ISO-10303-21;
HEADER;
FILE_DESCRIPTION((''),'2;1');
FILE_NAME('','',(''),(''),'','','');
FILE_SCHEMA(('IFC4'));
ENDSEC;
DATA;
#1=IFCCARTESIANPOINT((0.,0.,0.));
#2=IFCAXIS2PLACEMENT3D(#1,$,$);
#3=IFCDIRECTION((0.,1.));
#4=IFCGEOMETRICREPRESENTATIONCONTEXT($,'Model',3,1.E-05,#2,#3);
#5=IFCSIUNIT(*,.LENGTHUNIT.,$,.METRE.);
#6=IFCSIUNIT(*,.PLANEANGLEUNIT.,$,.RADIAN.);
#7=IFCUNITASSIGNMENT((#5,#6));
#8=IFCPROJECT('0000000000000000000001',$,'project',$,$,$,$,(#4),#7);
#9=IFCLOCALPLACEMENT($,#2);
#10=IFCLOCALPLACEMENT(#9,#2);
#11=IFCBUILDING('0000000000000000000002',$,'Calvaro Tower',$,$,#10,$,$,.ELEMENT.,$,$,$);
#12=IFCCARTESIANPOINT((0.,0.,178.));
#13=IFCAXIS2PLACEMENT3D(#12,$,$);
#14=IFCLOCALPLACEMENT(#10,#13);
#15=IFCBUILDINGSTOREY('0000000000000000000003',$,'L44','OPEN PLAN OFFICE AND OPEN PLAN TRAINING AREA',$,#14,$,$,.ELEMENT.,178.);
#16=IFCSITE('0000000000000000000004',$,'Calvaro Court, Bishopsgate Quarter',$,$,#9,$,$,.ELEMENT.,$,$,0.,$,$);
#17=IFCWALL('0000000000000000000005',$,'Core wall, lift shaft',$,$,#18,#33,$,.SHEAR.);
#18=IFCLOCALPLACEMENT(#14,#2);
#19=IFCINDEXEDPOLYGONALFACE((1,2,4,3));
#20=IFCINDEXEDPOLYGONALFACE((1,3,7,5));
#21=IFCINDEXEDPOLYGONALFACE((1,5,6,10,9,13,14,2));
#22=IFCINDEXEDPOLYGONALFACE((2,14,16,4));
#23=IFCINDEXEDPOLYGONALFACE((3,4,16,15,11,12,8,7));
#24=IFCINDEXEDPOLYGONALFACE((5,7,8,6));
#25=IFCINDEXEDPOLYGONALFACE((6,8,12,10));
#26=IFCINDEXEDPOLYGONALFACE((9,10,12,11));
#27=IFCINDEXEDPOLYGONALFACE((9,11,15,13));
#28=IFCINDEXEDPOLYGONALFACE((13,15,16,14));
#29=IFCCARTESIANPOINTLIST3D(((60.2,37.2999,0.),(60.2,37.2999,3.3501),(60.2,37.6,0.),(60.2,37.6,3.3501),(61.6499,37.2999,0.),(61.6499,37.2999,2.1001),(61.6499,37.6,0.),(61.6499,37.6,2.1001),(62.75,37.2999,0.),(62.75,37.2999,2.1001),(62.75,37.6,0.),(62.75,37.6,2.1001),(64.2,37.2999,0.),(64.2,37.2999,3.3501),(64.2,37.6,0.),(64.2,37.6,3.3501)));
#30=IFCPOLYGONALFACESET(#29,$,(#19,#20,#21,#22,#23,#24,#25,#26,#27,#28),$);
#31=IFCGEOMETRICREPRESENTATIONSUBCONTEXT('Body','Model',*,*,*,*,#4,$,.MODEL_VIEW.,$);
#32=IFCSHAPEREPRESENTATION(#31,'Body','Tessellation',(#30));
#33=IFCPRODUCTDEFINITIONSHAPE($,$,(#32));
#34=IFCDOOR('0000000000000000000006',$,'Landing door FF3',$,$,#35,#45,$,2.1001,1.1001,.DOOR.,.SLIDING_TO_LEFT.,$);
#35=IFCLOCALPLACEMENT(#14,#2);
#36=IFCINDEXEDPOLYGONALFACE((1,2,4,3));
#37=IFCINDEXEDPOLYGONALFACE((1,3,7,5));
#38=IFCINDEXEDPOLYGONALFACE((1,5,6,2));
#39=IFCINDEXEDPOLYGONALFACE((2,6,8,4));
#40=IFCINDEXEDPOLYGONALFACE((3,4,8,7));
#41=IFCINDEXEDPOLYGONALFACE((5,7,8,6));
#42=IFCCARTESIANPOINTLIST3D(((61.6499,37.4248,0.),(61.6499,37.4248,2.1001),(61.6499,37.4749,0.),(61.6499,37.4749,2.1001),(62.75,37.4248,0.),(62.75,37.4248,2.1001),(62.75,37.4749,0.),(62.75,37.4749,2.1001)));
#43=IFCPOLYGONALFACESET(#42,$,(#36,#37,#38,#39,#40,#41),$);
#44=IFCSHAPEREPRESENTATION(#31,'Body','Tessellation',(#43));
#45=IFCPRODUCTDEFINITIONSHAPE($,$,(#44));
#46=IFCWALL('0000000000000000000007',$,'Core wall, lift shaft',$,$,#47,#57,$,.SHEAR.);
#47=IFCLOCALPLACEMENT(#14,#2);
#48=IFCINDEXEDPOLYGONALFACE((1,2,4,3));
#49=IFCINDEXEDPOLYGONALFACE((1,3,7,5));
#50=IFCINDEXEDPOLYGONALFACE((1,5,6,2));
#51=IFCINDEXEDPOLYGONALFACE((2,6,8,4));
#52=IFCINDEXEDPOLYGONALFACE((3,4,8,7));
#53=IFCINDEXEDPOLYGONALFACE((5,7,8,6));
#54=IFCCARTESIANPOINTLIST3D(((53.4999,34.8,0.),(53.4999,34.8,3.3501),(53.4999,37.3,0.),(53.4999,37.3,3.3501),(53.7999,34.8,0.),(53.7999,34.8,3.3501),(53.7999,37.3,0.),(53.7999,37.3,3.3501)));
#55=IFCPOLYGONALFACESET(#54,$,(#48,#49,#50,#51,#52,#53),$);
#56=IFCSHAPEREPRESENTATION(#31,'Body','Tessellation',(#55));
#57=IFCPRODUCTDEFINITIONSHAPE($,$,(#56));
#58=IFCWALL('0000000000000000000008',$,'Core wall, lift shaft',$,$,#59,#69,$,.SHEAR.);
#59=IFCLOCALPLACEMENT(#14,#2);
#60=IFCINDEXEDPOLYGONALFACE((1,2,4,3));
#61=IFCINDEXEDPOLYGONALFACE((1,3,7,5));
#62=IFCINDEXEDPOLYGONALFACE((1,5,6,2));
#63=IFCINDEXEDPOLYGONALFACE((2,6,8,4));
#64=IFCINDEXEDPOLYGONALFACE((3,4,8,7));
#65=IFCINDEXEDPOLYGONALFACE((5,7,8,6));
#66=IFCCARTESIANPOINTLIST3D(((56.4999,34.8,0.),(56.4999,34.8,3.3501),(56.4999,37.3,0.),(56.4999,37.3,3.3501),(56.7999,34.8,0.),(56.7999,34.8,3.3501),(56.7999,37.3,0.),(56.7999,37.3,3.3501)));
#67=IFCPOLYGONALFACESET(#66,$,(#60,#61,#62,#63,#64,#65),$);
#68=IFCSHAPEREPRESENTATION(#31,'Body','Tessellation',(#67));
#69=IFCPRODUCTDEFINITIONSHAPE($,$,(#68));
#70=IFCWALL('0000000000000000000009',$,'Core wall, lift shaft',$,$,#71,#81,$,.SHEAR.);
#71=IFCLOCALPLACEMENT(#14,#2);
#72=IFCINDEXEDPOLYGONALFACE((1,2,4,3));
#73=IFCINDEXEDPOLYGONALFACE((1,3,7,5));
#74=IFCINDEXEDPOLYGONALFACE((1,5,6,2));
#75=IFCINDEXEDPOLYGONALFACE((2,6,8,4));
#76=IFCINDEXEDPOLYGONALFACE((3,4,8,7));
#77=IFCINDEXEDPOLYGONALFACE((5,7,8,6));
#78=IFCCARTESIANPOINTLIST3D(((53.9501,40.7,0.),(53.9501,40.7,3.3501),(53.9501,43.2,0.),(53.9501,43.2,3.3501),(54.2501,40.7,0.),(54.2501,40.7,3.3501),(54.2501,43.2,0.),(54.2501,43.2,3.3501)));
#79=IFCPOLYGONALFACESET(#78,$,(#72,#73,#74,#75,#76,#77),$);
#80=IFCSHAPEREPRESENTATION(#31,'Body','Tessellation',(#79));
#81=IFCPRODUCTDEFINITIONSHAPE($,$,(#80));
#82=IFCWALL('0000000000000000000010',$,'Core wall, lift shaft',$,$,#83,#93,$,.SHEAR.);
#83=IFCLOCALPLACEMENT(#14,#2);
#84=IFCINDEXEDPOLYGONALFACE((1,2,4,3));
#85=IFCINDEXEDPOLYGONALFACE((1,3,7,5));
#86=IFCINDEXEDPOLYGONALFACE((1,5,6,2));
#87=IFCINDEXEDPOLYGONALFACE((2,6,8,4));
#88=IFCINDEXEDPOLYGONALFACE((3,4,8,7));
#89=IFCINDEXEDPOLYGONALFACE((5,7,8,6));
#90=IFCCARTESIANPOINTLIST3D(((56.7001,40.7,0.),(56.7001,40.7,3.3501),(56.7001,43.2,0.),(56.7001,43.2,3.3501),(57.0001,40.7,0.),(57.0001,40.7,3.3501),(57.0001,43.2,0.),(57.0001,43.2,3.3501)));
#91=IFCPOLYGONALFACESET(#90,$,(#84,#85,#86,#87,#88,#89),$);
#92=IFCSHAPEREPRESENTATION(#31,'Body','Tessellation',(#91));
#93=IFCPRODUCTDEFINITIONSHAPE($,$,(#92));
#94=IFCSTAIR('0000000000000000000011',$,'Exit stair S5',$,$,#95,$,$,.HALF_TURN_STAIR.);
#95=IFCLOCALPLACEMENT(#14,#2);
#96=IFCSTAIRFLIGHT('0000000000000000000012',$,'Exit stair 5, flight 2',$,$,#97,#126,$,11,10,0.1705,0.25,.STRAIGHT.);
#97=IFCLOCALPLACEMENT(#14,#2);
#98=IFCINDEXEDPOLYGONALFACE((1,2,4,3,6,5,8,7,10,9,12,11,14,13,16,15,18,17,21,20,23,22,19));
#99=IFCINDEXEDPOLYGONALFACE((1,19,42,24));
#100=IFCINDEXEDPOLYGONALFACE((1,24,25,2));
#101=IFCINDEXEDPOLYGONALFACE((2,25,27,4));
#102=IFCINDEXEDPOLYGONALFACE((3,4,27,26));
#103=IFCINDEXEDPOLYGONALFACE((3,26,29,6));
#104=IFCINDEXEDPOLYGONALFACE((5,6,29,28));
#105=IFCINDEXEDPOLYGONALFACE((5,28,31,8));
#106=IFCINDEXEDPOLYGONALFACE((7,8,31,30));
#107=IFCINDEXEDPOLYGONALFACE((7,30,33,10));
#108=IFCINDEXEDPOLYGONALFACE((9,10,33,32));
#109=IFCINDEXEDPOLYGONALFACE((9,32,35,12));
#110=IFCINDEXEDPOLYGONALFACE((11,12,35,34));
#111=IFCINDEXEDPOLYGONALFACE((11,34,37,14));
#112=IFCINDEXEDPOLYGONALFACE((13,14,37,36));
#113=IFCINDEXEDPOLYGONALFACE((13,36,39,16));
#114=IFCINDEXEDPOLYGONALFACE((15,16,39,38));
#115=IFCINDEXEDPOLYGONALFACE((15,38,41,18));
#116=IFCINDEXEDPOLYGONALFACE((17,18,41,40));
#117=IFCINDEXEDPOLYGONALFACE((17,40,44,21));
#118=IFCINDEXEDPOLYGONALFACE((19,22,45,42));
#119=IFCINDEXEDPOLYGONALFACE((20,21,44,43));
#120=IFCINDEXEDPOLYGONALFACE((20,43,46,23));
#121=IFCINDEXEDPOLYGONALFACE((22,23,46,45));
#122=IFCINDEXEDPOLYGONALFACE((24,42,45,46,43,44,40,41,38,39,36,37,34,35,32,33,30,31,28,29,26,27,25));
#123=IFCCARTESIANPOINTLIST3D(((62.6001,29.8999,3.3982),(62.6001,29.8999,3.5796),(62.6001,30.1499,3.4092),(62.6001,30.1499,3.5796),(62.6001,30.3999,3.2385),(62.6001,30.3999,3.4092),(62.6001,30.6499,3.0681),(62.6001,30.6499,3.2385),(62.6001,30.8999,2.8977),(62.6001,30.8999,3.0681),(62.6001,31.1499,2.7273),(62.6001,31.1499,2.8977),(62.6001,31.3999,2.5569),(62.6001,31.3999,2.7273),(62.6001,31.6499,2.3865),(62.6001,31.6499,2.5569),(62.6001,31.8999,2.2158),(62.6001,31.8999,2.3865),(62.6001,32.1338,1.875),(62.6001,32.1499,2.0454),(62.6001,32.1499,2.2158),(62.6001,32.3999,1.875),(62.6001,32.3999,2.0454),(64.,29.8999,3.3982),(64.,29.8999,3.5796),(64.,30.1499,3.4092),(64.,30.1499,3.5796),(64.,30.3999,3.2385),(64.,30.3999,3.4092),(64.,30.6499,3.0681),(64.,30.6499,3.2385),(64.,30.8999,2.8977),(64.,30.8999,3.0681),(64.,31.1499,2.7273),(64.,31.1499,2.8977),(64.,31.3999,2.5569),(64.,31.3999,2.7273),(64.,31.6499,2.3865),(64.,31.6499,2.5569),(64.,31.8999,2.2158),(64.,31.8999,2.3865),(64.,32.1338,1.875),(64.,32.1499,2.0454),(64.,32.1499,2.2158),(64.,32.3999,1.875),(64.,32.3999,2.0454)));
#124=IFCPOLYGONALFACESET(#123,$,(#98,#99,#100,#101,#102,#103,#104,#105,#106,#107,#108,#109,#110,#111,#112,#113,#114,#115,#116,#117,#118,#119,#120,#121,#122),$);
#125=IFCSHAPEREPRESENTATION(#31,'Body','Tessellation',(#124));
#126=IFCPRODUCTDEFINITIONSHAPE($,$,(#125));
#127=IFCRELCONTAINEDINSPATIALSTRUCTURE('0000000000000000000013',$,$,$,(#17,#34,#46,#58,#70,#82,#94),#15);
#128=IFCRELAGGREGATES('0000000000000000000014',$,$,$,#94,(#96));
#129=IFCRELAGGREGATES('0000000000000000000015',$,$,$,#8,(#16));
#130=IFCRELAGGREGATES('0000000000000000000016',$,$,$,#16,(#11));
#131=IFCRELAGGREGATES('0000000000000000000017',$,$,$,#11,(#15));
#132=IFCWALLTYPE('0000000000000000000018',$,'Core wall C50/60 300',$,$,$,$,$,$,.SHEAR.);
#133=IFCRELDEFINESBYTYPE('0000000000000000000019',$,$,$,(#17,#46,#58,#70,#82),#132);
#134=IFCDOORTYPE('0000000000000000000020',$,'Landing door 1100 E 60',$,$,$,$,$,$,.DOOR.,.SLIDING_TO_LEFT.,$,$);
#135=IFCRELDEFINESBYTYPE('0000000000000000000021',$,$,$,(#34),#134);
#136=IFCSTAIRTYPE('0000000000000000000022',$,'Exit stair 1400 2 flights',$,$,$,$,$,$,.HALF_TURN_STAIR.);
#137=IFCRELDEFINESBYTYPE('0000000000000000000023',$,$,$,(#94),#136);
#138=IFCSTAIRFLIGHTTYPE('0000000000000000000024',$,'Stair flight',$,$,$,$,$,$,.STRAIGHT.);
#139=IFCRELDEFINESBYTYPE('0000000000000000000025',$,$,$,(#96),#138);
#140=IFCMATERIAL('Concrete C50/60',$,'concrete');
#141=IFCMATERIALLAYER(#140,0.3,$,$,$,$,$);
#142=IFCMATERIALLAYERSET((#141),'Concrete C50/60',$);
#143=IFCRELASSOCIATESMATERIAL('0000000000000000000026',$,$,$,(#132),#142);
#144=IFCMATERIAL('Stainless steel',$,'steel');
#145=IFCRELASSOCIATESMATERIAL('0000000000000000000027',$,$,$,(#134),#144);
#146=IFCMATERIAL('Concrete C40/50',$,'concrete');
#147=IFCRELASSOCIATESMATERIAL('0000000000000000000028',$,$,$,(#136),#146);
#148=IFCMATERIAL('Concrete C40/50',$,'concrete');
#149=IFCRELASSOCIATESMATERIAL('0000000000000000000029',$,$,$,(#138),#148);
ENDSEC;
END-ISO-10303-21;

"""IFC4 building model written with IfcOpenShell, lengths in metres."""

from ifc_helpers import new_model, si_unit, direction, frame, frame_2d, origin, place, context, subcontext, project, spatial, polyline, rectangle, outline, extrude, material, layer, layer_set, type_object, element, fill, aggregate, save


model = new_model("IFC4")

# Units and contexts
model_context = context("Model", 3, precision=1e-05, world=origin(), true_north=direction((0.0, 1.0)))
body_context = subcontext(model_context, "Body", "Model", "MODEL_VIEW")
ifc_project = project(units=[si_unit("LENGTHUNIT", "METRE"), si_unit("PLANEANGLEUNIT", "RADIAN")], contexts=[model_context])

# Site, building, storey
site_placement = place(None, origin())
site = spatial("IfcSite", under=ifc_project, at=site_placement, Name="Calvaro Court, Bishopsgate Quarter", CompositionType="ELEMENT", RefElevation=0.0)
building_placement = place(site_placement, origin())
building = spatial("IfcBuilding", under=site, at=building_placement, Name="Calvaro Tower", CompositionType="ELEMENT")
storey_placement = place(building_placement, frame((0.0, 0.0, 178.0)))
storey = spatial("IfcBuildingStorey", under=building, at=storey_placement, Name="L44", Description="OPEN PLAN OFFICE AND OPEN PLAN TRAINING AREA", CompositionType="ELEMENT", Elevation=178.0)

# Shared definitions
ifc_material_1 = material(Name="Concrete C50/60", Category="concrete")
ifc_layer_1 = layer(ifc_material_1, 0.3)
ifc_layer_set_1 = layer_set([ifc_layer_1], Name="Concrete C50/60")
wall_type_1 = type_object("IfcWallType", Name="Core wall C50/60 300", PredefinedType="SHEAR", material=ifc_layer_set_1)

# Wall, opening, door
wall_1_placement = place(storey_placement, frame((60.2, 37.45, 0.0), z_axis=(0.0, 0.0, 1.0), x_axis=(1.0, 0.0, 0.0)))
wall_1 = element("IfcWall", 1, at=wall_1_placement, inside=storey, type_object=wall_type_1, Name="Core wall, lift shaft", PredefinedType="SHEAR", context=body_context, shape_type="SweptSolid", body=[
    extrude(rectangle(XDim=4.0, YDim=0.3, at=frame_2d((2.0, 0.0))), origin(), (0.0, 0.0, 1.0), 3.3501),
])
opening_1_placement = place(wall_1_placement, frame((1.45, 0.0, 0.0)))
opening_1 = element("IfcOpeningElement", 2, at=opening_1_placement, cuts=wall_1, PredefinedType="OPENING", context=body_context, shape_type="SweptSolid", body=[
    extrude(rectangle(XDim=1.1001, YDim=2.1001, at=frame_2d((0.55, 1.05))), frame((0.0, 0.1599, 0.0), z_axis=(0.0, -1.0, 0.0), x_axis=(1.0, 0.0, 0.0)), (0.0, 0.0, 1.0), 0.3201),
])
ifc_material_2 = material(Name="Stainless steel", Category="steel")
door_type_1 = type_object("IfcDoorType", Name="Landing door 1100 E 60", OperationType="SLIDING_TO_LEFT", PredefinedType="DOOR", material=ifc_material_2)
door_1_placement = place(opening_1_placement, origin())
door_1 = element("IfcDoor", 3, at=door_1_placement, inside=storey, type_object=door_type_1, Name="Landing door FF3", OperationType="SLIDING_TO_LEFT", OverallHeight=2.1001, OverallWidth=1.1001, PredefinedType="DOOR", context=body_context, shape_type="SweptSolid", body=[
    extrude(rectangle(XDim=1.1001, YDim=2.1001, at=frame_2d((0.55, 1.05))), frame((0.0, 0.0249, 0.0), z_axis=(0.0, -1.0, 0.0), x_axis=(1.0, 0.0, 0.0)), (0.0, 0.0, 1.0), 0.05),
])
fill(opening_1, door_1)

# Walls
for number, where, z_axis, x_axis, name in (
    (4, (53.6499, 34.8, 0.0), (0.0, 0.0, 1.0), (0.0, 1.0, 0.0), "Core wall, lift shaft"),
    (5, (56.6499, 34.8, 0.0), (0.0, 0.0, 1.0), (0.0, 1.0, 0.0), "Core wall, lift shaft"),
    (6, (54.1001, 40.7, 0.0), (0.0, 0.0, 1.0), (0.0, 1.0, 0.0), "Core wall, lift shaft"),
    (7, (56.8501, 40.7, 0.0), (0.0, 0.0, 1.0), (0.0, 1.0, 0.0), "Core wall, lift shaft"),
):
    element("IfcWall", number, at=place(storey_placement, frame(where, z_axis=z_axis, x_axis=x_axis)), inside=storey, type_object=wall_type_1, Name=name, PredefinedType="SHEAR", context=body_context, shape_type="SweptSolid", body=[
        extrude(rectangle(XDim=2.5, YDim=0.3, at=frame_2d((1.25, 0.0))), origin(), (0.0, 0.0, 1.0), 3.3501),
    ])

# Stair, stair flight
ifc_material_3 = material(Name="Concrete C40/50", Category="concrete")
stair_type = type_object("IfcStairType", Name="Exit stair 1400 2 flights", PredefinedType="HALF_TURN_STAIR", material=ifc_material_3)
stair_placement = place(storey_placement, origin())
stair = element("IfcStair", 8, at=stair_placement, inside=storey, type_object=stair_type, Name="Exit stair S5", PredefinedType="HALF_TURN_STAIR")
ifc_material_4 = material(Name="Concrete C40/50", Category="concrete")
stair_flight_type = type_object("IfcStairFlightType", Name="Stair flight", PredefinedType="STRAIGHT", material=ifc_material_4)
stair_flight_placement = place(storey_placement, frame((63.3, 32.3999, 1.875), z_axis=(0.0, 0.0, 1.0), x_axis=(0.0, -1.0, 0.0)))
stair_flight = element("IfcStairFlight", 9, at=stair_flight_placement, type_object=stair_flight_type, Name="Exit stair 5, flight 2", NumberOfRisers=11, NumberOfTreads=10, PredefinedType="STRAIGHT", RiserHeight=0.1705, TreadLength=0.25, context=body_context, shape_type="SweptSolid", body=[
    extrude(outline(polyline([(0.0, 0.0), (0.0, 0.1704), (0.25, 0.1704), (0.25, 0.3408), (0.5, 0.3408), (0.5, 0.5115), (0.75, 0.5115), (0.75, 0.6819), (1.0, 0.6819), (1.0, 0.8523), (1.25, 0.8523), (1.25, 1.0227), (1.5, 1.0227), (1.5, 1.1931), (1.75, 1.1931), (1.75, 1.3635), (2.0, 1.3635), (2.0, 1.5342), (2.25, 1.5342), (2.25, 1.7046), (2.5, 1.7046), (2.5, 1.875), (2.5, 1.5232), (0.2661, 0.0), (0.0, 0.0)])), frame((0.0, 0.7, 0.0), z_axis=(0.0, -1.0, 0.0), x_axis=(1.0, 0.0, 0.0)), (0.0, 0.0, 1.0), 1.3999),
])
aggregate(stair, [stair_flight])

save(model, "model.ifc")
